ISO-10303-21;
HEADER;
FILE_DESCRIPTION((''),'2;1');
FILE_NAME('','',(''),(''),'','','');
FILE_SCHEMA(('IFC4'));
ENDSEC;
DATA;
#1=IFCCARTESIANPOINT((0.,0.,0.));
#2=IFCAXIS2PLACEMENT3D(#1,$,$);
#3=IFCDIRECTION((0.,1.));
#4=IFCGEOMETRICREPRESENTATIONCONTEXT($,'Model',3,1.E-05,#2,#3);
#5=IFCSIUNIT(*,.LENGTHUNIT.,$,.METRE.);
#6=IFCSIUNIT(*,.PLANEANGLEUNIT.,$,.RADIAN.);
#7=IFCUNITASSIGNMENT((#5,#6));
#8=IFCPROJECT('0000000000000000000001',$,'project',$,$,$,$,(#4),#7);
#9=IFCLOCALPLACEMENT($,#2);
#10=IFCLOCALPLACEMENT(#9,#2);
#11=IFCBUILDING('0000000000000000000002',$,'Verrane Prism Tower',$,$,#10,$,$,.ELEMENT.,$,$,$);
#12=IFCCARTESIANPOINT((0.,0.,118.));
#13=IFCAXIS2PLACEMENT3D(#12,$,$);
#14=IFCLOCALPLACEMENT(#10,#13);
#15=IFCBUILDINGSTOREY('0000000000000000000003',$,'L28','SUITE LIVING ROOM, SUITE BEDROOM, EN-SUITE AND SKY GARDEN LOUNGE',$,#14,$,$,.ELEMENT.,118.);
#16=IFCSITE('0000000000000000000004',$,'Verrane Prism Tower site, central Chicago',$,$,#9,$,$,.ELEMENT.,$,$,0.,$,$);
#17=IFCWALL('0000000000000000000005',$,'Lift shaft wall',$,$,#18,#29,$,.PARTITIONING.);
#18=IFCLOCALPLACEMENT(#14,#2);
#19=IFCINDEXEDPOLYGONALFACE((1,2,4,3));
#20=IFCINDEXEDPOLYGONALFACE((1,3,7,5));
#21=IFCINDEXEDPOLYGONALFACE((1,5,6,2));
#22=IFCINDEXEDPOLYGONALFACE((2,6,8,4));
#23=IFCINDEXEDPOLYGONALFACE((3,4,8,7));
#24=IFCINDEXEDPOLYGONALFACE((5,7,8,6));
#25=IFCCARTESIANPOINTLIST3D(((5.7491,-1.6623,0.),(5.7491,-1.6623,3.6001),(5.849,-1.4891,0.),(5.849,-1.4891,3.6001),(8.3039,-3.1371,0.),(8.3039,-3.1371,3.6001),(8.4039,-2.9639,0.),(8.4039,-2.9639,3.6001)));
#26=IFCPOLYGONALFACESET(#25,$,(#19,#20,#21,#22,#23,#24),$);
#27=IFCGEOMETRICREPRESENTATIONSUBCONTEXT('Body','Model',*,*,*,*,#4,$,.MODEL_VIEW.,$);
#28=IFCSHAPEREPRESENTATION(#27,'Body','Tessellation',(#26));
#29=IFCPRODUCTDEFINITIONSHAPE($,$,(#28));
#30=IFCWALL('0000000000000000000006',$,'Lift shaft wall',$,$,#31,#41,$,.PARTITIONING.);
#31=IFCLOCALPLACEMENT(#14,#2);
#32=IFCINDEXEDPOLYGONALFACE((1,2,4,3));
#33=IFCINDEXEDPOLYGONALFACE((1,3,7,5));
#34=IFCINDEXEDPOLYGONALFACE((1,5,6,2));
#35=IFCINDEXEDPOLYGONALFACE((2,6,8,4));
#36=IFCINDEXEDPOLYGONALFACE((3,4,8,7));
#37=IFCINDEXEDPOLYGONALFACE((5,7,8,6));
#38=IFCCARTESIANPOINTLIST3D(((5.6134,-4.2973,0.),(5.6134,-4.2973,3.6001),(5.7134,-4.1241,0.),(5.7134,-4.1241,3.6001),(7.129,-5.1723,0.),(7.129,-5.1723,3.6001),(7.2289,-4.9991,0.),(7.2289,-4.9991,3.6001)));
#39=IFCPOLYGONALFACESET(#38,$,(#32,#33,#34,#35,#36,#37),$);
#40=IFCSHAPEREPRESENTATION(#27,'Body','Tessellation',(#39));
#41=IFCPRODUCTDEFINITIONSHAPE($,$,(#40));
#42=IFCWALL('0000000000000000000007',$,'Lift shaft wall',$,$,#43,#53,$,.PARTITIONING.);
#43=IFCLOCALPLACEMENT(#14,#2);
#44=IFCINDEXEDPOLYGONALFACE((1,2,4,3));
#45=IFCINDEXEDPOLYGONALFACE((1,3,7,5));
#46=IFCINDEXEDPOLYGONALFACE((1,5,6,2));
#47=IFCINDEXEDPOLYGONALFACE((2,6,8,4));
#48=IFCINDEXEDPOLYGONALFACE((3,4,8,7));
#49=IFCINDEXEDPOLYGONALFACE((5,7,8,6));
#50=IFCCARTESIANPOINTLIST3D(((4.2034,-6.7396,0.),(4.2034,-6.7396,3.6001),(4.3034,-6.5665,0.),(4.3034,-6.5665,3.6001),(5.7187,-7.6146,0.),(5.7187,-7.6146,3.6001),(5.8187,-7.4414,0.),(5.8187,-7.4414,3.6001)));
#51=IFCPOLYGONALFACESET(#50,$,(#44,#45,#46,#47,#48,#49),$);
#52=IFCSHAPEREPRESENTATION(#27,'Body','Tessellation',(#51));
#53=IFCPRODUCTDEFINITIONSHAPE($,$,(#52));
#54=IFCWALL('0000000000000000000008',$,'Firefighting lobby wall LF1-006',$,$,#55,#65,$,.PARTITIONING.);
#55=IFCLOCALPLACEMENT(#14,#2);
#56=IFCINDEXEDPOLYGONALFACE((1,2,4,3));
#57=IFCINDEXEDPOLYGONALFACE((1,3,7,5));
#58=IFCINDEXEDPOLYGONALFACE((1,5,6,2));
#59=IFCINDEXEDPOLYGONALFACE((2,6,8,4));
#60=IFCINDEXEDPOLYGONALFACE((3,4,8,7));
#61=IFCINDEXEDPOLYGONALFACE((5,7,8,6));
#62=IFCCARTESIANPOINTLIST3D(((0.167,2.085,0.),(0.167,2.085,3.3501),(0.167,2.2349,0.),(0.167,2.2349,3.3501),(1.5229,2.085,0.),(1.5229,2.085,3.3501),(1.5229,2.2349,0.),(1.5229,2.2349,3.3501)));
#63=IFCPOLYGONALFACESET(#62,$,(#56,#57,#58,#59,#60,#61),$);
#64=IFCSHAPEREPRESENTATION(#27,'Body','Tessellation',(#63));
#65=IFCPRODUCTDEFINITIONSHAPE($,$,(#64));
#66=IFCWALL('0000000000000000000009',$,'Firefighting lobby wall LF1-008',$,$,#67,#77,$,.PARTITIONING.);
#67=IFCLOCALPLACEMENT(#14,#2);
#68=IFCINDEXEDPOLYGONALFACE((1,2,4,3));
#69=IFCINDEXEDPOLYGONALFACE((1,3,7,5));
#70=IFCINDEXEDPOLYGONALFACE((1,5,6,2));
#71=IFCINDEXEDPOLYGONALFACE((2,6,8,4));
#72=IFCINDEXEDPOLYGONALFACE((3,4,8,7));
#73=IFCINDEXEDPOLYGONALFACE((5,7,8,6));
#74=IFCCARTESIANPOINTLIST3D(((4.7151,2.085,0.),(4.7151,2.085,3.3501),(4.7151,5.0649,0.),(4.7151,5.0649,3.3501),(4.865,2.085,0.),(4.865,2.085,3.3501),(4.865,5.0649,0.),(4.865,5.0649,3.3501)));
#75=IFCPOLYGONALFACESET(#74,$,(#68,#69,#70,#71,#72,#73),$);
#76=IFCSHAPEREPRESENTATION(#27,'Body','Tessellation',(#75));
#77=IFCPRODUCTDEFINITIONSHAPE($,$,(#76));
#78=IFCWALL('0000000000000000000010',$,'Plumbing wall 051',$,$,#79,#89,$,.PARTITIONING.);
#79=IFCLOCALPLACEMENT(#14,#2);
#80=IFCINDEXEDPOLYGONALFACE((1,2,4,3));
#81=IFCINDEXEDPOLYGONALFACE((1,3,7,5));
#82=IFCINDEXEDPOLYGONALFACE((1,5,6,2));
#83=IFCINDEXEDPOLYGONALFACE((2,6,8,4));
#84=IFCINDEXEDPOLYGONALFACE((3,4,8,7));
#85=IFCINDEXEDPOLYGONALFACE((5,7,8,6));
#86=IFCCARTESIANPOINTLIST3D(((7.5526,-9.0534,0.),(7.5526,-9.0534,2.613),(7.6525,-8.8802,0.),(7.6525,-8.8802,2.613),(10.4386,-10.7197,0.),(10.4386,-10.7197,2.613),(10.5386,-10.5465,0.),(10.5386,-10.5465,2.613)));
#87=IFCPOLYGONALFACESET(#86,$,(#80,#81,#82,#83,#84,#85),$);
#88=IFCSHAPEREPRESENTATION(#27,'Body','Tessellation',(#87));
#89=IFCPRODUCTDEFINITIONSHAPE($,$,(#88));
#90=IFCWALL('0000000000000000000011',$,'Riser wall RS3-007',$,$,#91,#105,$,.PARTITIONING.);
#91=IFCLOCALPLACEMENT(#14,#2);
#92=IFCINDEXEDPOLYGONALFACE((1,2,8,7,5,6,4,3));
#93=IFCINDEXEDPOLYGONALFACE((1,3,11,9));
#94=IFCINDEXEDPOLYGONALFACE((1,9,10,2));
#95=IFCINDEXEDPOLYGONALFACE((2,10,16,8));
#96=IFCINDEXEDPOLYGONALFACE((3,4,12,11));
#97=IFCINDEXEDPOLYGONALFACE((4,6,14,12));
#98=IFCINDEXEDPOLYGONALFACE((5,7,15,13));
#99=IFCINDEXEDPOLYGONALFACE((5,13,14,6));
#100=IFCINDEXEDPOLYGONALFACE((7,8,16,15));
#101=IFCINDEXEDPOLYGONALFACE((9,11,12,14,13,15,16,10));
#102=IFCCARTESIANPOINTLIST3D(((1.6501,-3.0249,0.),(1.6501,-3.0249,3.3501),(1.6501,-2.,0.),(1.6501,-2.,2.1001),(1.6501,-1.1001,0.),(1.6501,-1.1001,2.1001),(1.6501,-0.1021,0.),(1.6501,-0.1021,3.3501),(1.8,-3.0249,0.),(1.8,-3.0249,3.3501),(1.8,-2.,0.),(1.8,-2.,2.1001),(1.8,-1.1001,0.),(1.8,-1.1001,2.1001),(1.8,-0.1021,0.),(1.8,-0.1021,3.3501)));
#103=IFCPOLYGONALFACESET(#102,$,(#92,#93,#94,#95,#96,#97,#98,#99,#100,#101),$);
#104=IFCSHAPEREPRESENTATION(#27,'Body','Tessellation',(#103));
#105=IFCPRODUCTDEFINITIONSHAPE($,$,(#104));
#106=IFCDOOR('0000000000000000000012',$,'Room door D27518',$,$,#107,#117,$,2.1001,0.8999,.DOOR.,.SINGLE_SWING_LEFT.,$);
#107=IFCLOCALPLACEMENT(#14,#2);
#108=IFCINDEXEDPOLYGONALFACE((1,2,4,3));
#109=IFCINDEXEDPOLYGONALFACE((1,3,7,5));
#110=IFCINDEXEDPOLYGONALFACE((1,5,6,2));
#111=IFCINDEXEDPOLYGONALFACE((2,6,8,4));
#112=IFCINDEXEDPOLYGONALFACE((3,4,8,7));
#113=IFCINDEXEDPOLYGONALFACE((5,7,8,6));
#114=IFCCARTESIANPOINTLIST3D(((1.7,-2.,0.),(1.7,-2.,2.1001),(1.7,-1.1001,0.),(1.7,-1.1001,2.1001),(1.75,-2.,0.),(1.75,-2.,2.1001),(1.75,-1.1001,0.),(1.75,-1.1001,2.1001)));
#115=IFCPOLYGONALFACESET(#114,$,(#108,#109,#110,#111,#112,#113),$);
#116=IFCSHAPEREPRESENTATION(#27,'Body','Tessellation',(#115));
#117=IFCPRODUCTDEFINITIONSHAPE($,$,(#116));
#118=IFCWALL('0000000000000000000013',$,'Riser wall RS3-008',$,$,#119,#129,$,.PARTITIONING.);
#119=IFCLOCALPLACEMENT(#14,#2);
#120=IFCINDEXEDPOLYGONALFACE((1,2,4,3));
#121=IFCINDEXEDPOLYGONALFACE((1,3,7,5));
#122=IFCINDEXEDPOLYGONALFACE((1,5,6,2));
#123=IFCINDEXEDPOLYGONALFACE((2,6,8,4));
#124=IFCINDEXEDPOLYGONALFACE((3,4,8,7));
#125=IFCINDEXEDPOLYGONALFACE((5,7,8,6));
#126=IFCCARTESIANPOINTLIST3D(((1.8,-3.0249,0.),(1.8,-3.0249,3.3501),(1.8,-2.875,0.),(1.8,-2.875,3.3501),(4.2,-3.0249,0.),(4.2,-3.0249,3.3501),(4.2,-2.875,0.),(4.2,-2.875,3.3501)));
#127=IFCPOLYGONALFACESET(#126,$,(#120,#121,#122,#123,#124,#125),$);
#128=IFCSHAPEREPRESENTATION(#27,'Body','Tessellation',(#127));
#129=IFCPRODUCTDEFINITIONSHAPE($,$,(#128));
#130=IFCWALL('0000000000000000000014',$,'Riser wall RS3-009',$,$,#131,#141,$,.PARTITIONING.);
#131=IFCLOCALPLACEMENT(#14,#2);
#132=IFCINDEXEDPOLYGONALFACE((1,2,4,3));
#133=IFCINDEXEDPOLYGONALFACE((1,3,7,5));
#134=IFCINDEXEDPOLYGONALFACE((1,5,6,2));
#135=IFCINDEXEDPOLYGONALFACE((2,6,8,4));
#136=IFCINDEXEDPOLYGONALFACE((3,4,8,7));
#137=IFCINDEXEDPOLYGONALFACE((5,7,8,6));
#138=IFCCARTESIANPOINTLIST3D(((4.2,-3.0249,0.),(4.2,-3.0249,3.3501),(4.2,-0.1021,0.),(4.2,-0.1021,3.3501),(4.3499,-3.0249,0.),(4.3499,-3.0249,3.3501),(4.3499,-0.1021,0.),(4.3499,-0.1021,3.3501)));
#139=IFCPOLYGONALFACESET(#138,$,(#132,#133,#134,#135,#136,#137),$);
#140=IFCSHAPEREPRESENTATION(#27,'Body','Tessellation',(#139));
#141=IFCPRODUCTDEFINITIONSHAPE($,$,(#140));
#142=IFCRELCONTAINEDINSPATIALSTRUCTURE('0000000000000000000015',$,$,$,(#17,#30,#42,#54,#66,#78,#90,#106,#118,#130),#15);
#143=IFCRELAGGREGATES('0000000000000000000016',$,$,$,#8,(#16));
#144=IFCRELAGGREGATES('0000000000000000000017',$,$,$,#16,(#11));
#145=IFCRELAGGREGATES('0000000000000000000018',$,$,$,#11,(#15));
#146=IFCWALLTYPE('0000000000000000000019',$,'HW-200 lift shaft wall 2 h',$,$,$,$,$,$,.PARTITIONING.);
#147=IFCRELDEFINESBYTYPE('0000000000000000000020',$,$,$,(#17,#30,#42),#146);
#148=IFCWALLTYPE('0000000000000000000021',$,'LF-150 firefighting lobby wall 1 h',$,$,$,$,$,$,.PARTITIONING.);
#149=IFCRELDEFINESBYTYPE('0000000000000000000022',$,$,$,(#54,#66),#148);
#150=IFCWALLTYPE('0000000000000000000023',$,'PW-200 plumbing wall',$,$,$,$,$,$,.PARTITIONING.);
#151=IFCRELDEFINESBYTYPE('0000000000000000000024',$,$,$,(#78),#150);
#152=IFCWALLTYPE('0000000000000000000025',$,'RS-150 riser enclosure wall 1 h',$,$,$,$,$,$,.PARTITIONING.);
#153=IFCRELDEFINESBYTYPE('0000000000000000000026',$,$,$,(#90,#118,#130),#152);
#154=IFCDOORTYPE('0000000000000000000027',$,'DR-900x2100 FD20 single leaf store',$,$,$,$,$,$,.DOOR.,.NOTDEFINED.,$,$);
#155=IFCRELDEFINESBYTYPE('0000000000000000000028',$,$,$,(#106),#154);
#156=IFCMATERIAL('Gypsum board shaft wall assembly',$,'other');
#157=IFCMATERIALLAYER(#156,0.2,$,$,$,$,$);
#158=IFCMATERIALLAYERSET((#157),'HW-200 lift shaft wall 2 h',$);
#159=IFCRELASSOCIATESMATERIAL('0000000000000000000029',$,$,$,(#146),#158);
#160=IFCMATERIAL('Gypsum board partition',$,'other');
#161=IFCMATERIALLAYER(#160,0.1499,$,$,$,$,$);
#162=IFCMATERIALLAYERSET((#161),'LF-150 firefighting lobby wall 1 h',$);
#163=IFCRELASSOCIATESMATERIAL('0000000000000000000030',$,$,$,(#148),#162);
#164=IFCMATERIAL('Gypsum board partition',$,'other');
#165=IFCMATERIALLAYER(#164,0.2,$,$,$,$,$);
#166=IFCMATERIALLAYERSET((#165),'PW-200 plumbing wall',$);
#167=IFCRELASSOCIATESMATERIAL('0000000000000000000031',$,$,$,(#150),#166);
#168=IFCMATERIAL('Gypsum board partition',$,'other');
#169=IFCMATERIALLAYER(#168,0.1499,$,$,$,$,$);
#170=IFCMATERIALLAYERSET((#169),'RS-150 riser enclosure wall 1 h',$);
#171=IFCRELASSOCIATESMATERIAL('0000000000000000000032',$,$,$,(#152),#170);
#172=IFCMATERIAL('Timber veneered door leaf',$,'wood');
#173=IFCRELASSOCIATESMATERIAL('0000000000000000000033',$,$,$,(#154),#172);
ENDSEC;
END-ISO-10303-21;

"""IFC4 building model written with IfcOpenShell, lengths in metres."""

from ifc_helpers import new_model, si_unit, direction, frame, frame_2d, origin, place, context, subcontext, project, spatial, rectangle, extrude, material, layer, layer_set, type_object, element, fill, save


model = new_model("IFC4")

# Units and contexts
model_context = context("Model", 3, precision=1e-05, world=origin(), true_north=direction((0.0, 1.0)))
body_context = subcontext(model_context, "Body", "Model", "MODEL_VIEW")
ifc_project = project(units=[si_unit("LENGTHUNIT", "METRE"), si_unit("PLANEANGLEUNIT", "RADIAN")], contexts=[model_context])

# Site, building, storey
site_placement = place(None, origin())
site = spatial("IfcSite", under=ifc_project, at=site_placement, Name="Verrane Prism Tower site, central Chicago", CompositionType="ELEMENT", RefElevation=0.0)
building_placement = place(site_placement, origin())
building = spatial("IfcBuilding", under=site, at=building_placement, Name="Verrane Prism Tower", CompositionType="ELEMENT")
storey_placement = place(building_placement, frame((0.0, 0.0, 118.0)))
storey = spatial("IfcBuildingStorey", under=building, at=storey_placement, Name="L28", Description="SUITE LIVING ROOM, SUITE BEDROOM, EN-SUITE AND SKY GARDEN LOUNGE", CompositionType="ELEMENT", Elevation=118.0)

# Shared definitions
ifc_material_1 = material(Name="Gypsum board shaft wall assembly", Category="other")
ifc_layer_1 = layer(ifc_material_1, 0.2)
ifc_layer_set_1 = layer_set([ifc_layer_1], Name="HW-200 lift shaft wall 2 h")
wall_type_1 = type_object("IfcWallType", Name="HW-200 lift shaft wall 2 h", PredefinedType="PARTITIONING", material=ifc_layer_set_1)

# Walls
wall_1_placement = place(storey_placement, frame((8.354, -3.0505, 0.0), z_axis=(0.0, 0.0, 1.0), x_axis=(-0.86606, 0.49994, 0.0)))
element("IfcWall", 1, at=wall_1_placement, inside=storey, type_object=wall_type_1, Name="Lift shaft wall", PredefinedType="PARTITIONING", context=body_context, shape_type="SweptSolid", body=[
    extrude(rectangle(XDim=2.95, YDim=0.2, at=frame_2d((1.4751, 0.0))), origin(), (0.0, 0.0, 1.0), 3.6001),
])
wall_2_placement = place(storey_placement, frame((7.179, -5.0857, 0.0), z_axis=(0.0, 0.0, 1.0), x_axis=(-0.866037, 0.49998, 0.0)))
element("IfcWall", 2, at=wall_2_placement, inside=storey, type_object=wall_type_1, Name="Lift shaft wall", PredefinedType="PARTITIONING", context=body_context, shape_type="SweptSolid", body=[
    extrude(rectangle(XDim=1.75, YDim=0.2, at=frame_2d((0.875, 0.0))), origin(), (0.0, 0.0, 1.0), 3.6001),
])
wall_3_placement = place(storey_placement, frame((5.7688, -7.5281, 0.0), z_axis=(0.0, 0.0, 1.0), x_axis=(-0.866002, 0.50004, 0.0)))
element("IfcWall", 3, at=wall_3_placement, inside=storey, type_object=wall_type_1, Name="Lift shaft wall", PredefinedType="PARTITIONING", context=body_context, shape_type="SweptSolid", body=[
    extrude(rectangle(XDim=1.7498, YDim=0.2, at=frame_2d((0.875, 0.0))), origin(), (0.0, 0.0, 1.0), 3.6001),
])
ifc_material_2 = material(Name="Gypsum board partition", Category="other")
ifc_layer_2 = layer(ifc_material_2, 0.1499)
ifc_layer_set_2 = layer_set([ifc_layer_2], Name="LF-150 firefighting lobby wall 1 h")
wall_type_2 = type_object("IfcWallType", Name="LF-150 firefighting lobby wall 1 h", PredefinedType="PARTITIONING", material=ifc_layer_set_2)
wall_4_placement = place(storey_placement, frame((0.167, 2.1599, 0.0), z_axis=(0.0, 0.0, 1.0), x_axis=(1.0, 0.0, 0.0)))
element("IfcWall", 4, at=wall_4_placement, inside=storey, type_object=wall_type_2, Name="Firefighting lobby wall LF1-006", PredefinedType="PARTITIONING", context=body_context, shape_type="SweptSolid", body=[
    extrude(rectangle(XDim=1.356, YDim=0.1499, at=frame_2d((0.678, 0.0))), origin(), (0.0, 0.0, 1.0), 3.3501),
])
wall_5_placement = place(storey_placement, frame((4.79, 2.085, 0.0), z_axis=(0.0, 0.0, 1.0), x_axis=(0.0, 1.0, 0.0)))
element("IfcWall", 5, at=wall_5_placement, inside=storey, type_object=wall_type_2, Name="Firefighting lobby wall LF1-008", PredefinedType="PARTITIONING", context=body_context, shape_type="SweptSolid", body=[
    extrude(rectangle(XDim=2.98, YDim=0.1499, at=frame_2d((1.49, 0.0))), origin(), (0.0, 0.0, 1.0), 3.3501),
])
ifc_material_3 = material(Name="Gypsum board partition", Category="other")
ifc_layer_3 = layer(ifc_material_3, 0.2)
ifc_layer_set_3 = layer_set([ifc_layer_3], Name="PW-200 plumbing wall")
wall_type_3 = type_object("IfcWallType", Name="PW-200 plumbing wall", PredefinedType="PARTITIONING", material=ifc_layer_set_3)
wall_6_placement = place(storey_placement, frame((7.6025, -8.9668, 0.0), z_axis=(0.0, 0.0, 1.0), x_axis=(0.866021, -0.500008, 0.0)))
element("IfcWall", 6, at=wall_6_placement, inside=storey, type_object=wall_type_3, Name="Plumbing wall 051", PredefinedType="PARTITIONING", context=body_context, shape_type="SweptSolid", body=[
    extrude(rectangle(XDim=3.3325, YDim=0.2, at=frame_2d((1.6663, 0.0))), origin(), (0.0, 0.0, 1.0), 2.613),
])

# Wall, opening, door
ifc_material_4 = material(Name="Gypsum board partition", Category="other")
ifc_layer_4 = layer(ifc_material_4, 0.1499)
ifc_layer_set_4 = layer_set([ifc_layer_4], Name="RS-150 riser enclosure wall 1 h")
wall_type_4 = type_object("IfcWallType", Name="RS-150 riser enclosure wall 1 h", PredefinedType="PARTITIONING", material=ifc_layer_set_4)
wall_7_placement = place(storey_placement, frame((1.7251, -0.1021, 0.0), z_axis=(0.0, 0.0, 1.0), x_axis=(0.0, -1.0, 0.0)))
wall_7 = element("IfcWall", 7, at=wall_7_placement, inside=storey, type_object=wall_type_4, Name="Riser wall RS3-007", PredefinedType="PARTITIONING", context=body_context, shape_type="SweptSolid", body=[
    extrude(rectangle(XDim=2.9229, YDim=0.1499, at=frame_2d((1.4614, 0.0))), origin(), (0.0, 0.0, 1.0), 3.3501),
])
opening_1_placement = place(wall_7_placement, frame((0.998, 0.0, 0.0)))
opening_1 = element("IfcOpeningElement", 8, at=opening_1_placement, cuts=wall_7, PredefinedType="OPENING", context=body_context, shape_type="SweptSolid", body=[
    extrude(rectangle(XDim=0.8999, YDim=2.1001, at=frame_2d((0.45, 1.05))), frame((0.0, 0.085, 0.0), z_axis=(0.0, -1.0, 0.0), x_axis=(1.0, 0.0, 0.0)), (0.0, 0.0, 1.0), 0.1699),
])
ifc_material_5 = material(Name="Timber veneered door leaf", Category="wood")
door_type_1 = type_object("IfcDoorType", Name="DR-900x2100 FD20 single leaf store", OperationType="NOTDEFINED", PredefinedType="DOOR", material=ifc_material_5)
door_1_placement = place(opening_1_placement, origin())
door_1 = element("IfcDoor", 9, at=door_1_placement, inside=storey, type_object=door_type_1, Name="Room door D27518", OperationType="SINGLE_SWING_LEFT", OverallHeight=2.1001, OverallWidth=0.8999, PredefinedType="DOOR", context=body_context, shape_type="SweptSolid", body=[
    extrude(rectangle(XDim=0.8999, YDim=2.1001, at=frame_2d((0.45, 1.05))), frame((0.0, 0.0249, 0.0), z_axis=(0.0, -1.0, 0.0), x_axis=(1.0, 0.0, 0.0)), (0.0, 0.0, 1.0), 0.05),
])
fill(opening_1, door_1)

# Walls
wall_8_placement = place(storey_placement, frame((1.8, -2.95, 0.0), z_axis=(0.0, 0.0, 1.0), x_axis=(1.0, 0.0, 0.0)))
element("IfcWall", 10, at=wall_8_placement, inside=storey, type_object=wall_type_4, Name="Riser wall RS3-008", PredefinedType="PARTITIONING", context=body_context, shape_type="SweptSolid", body=[
    extrude(rectangle(XDim=2.3999, YDim=0.1499, at=frame_2d((1.2, 0.0))), origin(), (0.0, 0.0, 1.0), 3.3501),
])
wall_9_placement = place(storey_placement, frame((4.2749, -3.0249, 0.0), z_axis=(0.0, 0.0, 1.0), x_axis=(0.0, 1.0, 0.0)))
element("IfcWall", 11, at=wall_9_placement, inside=storey, type_object=wall_type_4, Name="Riser wall RS3-009", PredefinedType="PARTITIONING", context=body_context, shape_type="SweptSolid", body=[
    extrude(rectangle(XDim=2.9229, YDim=0.1499, at=frame_2d((1.4614, 0.0))), origin(), (0.0, 0.0, 1.0), 3.3501),
])

save(model, "model.ifc")
